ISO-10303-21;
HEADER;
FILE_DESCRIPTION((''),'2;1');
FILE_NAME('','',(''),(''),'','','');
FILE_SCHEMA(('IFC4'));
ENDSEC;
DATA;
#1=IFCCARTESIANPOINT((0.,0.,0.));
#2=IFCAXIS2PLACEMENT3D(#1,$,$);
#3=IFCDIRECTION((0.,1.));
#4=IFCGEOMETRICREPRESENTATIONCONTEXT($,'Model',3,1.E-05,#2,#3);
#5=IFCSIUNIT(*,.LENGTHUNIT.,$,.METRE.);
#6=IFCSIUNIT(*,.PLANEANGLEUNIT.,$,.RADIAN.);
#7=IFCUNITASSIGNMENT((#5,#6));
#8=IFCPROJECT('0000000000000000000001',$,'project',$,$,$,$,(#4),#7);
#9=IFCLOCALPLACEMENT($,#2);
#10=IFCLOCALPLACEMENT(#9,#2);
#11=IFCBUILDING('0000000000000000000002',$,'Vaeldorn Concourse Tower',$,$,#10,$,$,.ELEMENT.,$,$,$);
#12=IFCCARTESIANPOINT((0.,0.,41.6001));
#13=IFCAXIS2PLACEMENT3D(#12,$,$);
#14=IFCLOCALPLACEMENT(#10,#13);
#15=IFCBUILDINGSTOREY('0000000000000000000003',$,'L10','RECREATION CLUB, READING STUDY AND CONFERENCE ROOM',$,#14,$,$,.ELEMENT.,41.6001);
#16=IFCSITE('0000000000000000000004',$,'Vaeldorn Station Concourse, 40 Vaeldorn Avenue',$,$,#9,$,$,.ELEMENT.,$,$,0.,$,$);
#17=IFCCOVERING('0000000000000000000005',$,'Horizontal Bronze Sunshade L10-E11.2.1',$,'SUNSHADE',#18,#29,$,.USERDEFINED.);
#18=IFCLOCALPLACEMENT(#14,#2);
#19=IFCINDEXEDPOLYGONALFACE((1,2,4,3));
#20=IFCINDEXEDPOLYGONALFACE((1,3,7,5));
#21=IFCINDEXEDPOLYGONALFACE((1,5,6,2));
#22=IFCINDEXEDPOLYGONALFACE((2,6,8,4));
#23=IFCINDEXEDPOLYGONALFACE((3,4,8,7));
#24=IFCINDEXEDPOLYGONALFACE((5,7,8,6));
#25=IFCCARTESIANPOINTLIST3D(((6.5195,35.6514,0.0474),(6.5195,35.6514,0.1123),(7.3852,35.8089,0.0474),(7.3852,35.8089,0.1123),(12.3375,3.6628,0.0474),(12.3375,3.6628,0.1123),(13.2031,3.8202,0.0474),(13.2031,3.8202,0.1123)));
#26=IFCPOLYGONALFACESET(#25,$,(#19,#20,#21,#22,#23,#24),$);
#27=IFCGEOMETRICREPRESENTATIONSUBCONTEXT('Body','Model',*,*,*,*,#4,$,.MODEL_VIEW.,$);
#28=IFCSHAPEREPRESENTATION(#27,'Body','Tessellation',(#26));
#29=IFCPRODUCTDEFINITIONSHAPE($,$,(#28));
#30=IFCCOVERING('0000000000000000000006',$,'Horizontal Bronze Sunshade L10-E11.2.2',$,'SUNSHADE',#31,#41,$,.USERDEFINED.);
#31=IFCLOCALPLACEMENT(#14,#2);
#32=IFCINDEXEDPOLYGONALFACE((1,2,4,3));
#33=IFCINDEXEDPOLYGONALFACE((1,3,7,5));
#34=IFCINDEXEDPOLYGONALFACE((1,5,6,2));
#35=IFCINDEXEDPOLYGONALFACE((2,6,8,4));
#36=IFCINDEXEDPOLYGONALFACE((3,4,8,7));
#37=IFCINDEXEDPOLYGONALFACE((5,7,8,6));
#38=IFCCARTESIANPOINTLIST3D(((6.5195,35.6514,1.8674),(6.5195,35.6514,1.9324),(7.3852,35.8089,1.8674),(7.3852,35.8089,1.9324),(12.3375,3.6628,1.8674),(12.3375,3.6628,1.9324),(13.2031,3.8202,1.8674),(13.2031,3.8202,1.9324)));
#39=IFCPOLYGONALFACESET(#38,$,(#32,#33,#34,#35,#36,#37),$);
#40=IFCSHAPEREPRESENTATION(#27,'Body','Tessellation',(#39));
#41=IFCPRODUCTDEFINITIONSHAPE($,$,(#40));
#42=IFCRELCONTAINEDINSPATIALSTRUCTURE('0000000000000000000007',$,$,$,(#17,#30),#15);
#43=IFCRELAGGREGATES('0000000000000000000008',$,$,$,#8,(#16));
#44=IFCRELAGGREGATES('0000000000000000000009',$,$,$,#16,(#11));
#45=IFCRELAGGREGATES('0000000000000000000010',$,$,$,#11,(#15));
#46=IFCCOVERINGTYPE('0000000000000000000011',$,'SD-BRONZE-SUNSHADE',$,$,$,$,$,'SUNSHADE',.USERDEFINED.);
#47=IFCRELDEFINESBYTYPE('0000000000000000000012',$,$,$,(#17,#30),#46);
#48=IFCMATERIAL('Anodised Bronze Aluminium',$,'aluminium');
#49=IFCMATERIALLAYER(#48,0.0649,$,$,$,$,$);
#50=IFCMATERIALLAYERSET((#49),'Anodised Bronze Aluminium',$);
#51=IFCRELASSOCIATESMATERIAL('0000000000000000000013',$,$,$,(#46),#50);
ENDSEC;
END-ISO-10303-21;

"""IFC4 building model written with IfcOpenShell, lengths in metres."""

from ifc_helpers import new_model, si_unit, direction, frame, origin, origin_2d, place, context, subcontext, project, spatial, rectangle, extrude, source, transform, mapped, material, layer, layer_set, type_object, element, save


model = new_model("IFC4")

# Units and contexts
model_context = context("Model", 3, precision=1e-05, world=origin(), true_north=direction((0.0, 1.0)))
body_context = subcontext(model_context, "Body", "Model", "MODEL_VIEW")
ifc_project = project(units=[si_unit("LENGTHUNIT", "METRE"), si_unit("PLANEANGLEUNIT", "RADIAN")], contexts=[model_context])

# Site, building, storey
site_placement = place(None, origin())
site = spatial("IfcSite", under=ifc_project, at=site_placement, Name="Vaeldorn Station Concourse, 40 Vaeldorn Avenue", CompositionType="ELEMENT", RefElevation=0.0)
building_placement = place(site_placement, origin())
building = spatial("IfcBuilding", under=site, at=building_placement, Name="Vaeldorn Concourse Tower", CompositionType="ELEMENT")
storey_placement = place(building_placement, frame((0.0, 0.0, 41.6001)))
storey = spatial("IfcBuildingStorey", under=building, at=storey_placement, Name="L10", Description="RECREATION CLUB, READING STUDY AND CONFERENCE ROOM", CompositionType="ELEMENT", Elevation=41.6001)

# Shared definitions
ifc_material_1 = material(Name="Anodised Bronze Aluminium", Category="aluminium")

# Coverings
ifc_layer_1 = layer(ifc_material_1, 0.0649)
ifc_layer_set_1 = layer_set([ifc_layer_1], Name="Anodised Bronze Aluminium")
covering_type = type_object("IfcCoveringType", Name="SD-BRONZE-SUNSHADE", ElementType="SUNSHADE", PredefinedType="USERDEFINED", material=ifc_layer_set_1)
shared_shape_1 = source(origin(), body_context, "Body", "SweptSolid", [
    extrude(rectangle(XDim=32.5134, YDim=0.8799, at=origin_2d()), origin(), (0.0, 0.0, 1.0), 0.0649),
])
for number, where, z_axis, x_axis, name in (
    (1, (9.8613, 19.7358, 0.0474), (0.0, 0.0, 1.0), (0.17894, -0.98386, 0.0), "Horizontal Bronze Sunshade L10-E11.2.1"),
    (2, (9.8613, 19.7358, 1.8674), (0.0, 0.0, 1.0), (0.17894, -0.98386, 0.0), "Horizontal Bronze Sunshade L10-E11.2.2"),
):
    element("IfcCovering", number, at=place(storey_placement, frame(where, z_axis=z_axis, x_axis=x_axis)), inside=storey, type_object=covering_type, Name=name, ObjectType="SUNSHADE", PredefinedType="USERDEFINED", context=body_context, shape_type="MappedRepresentation", body=[
        mapped(shared_shape_1, transform((0.0, 0.0, 0.0), scale=1.0)),
    ])

save(model, "model.ifc")
